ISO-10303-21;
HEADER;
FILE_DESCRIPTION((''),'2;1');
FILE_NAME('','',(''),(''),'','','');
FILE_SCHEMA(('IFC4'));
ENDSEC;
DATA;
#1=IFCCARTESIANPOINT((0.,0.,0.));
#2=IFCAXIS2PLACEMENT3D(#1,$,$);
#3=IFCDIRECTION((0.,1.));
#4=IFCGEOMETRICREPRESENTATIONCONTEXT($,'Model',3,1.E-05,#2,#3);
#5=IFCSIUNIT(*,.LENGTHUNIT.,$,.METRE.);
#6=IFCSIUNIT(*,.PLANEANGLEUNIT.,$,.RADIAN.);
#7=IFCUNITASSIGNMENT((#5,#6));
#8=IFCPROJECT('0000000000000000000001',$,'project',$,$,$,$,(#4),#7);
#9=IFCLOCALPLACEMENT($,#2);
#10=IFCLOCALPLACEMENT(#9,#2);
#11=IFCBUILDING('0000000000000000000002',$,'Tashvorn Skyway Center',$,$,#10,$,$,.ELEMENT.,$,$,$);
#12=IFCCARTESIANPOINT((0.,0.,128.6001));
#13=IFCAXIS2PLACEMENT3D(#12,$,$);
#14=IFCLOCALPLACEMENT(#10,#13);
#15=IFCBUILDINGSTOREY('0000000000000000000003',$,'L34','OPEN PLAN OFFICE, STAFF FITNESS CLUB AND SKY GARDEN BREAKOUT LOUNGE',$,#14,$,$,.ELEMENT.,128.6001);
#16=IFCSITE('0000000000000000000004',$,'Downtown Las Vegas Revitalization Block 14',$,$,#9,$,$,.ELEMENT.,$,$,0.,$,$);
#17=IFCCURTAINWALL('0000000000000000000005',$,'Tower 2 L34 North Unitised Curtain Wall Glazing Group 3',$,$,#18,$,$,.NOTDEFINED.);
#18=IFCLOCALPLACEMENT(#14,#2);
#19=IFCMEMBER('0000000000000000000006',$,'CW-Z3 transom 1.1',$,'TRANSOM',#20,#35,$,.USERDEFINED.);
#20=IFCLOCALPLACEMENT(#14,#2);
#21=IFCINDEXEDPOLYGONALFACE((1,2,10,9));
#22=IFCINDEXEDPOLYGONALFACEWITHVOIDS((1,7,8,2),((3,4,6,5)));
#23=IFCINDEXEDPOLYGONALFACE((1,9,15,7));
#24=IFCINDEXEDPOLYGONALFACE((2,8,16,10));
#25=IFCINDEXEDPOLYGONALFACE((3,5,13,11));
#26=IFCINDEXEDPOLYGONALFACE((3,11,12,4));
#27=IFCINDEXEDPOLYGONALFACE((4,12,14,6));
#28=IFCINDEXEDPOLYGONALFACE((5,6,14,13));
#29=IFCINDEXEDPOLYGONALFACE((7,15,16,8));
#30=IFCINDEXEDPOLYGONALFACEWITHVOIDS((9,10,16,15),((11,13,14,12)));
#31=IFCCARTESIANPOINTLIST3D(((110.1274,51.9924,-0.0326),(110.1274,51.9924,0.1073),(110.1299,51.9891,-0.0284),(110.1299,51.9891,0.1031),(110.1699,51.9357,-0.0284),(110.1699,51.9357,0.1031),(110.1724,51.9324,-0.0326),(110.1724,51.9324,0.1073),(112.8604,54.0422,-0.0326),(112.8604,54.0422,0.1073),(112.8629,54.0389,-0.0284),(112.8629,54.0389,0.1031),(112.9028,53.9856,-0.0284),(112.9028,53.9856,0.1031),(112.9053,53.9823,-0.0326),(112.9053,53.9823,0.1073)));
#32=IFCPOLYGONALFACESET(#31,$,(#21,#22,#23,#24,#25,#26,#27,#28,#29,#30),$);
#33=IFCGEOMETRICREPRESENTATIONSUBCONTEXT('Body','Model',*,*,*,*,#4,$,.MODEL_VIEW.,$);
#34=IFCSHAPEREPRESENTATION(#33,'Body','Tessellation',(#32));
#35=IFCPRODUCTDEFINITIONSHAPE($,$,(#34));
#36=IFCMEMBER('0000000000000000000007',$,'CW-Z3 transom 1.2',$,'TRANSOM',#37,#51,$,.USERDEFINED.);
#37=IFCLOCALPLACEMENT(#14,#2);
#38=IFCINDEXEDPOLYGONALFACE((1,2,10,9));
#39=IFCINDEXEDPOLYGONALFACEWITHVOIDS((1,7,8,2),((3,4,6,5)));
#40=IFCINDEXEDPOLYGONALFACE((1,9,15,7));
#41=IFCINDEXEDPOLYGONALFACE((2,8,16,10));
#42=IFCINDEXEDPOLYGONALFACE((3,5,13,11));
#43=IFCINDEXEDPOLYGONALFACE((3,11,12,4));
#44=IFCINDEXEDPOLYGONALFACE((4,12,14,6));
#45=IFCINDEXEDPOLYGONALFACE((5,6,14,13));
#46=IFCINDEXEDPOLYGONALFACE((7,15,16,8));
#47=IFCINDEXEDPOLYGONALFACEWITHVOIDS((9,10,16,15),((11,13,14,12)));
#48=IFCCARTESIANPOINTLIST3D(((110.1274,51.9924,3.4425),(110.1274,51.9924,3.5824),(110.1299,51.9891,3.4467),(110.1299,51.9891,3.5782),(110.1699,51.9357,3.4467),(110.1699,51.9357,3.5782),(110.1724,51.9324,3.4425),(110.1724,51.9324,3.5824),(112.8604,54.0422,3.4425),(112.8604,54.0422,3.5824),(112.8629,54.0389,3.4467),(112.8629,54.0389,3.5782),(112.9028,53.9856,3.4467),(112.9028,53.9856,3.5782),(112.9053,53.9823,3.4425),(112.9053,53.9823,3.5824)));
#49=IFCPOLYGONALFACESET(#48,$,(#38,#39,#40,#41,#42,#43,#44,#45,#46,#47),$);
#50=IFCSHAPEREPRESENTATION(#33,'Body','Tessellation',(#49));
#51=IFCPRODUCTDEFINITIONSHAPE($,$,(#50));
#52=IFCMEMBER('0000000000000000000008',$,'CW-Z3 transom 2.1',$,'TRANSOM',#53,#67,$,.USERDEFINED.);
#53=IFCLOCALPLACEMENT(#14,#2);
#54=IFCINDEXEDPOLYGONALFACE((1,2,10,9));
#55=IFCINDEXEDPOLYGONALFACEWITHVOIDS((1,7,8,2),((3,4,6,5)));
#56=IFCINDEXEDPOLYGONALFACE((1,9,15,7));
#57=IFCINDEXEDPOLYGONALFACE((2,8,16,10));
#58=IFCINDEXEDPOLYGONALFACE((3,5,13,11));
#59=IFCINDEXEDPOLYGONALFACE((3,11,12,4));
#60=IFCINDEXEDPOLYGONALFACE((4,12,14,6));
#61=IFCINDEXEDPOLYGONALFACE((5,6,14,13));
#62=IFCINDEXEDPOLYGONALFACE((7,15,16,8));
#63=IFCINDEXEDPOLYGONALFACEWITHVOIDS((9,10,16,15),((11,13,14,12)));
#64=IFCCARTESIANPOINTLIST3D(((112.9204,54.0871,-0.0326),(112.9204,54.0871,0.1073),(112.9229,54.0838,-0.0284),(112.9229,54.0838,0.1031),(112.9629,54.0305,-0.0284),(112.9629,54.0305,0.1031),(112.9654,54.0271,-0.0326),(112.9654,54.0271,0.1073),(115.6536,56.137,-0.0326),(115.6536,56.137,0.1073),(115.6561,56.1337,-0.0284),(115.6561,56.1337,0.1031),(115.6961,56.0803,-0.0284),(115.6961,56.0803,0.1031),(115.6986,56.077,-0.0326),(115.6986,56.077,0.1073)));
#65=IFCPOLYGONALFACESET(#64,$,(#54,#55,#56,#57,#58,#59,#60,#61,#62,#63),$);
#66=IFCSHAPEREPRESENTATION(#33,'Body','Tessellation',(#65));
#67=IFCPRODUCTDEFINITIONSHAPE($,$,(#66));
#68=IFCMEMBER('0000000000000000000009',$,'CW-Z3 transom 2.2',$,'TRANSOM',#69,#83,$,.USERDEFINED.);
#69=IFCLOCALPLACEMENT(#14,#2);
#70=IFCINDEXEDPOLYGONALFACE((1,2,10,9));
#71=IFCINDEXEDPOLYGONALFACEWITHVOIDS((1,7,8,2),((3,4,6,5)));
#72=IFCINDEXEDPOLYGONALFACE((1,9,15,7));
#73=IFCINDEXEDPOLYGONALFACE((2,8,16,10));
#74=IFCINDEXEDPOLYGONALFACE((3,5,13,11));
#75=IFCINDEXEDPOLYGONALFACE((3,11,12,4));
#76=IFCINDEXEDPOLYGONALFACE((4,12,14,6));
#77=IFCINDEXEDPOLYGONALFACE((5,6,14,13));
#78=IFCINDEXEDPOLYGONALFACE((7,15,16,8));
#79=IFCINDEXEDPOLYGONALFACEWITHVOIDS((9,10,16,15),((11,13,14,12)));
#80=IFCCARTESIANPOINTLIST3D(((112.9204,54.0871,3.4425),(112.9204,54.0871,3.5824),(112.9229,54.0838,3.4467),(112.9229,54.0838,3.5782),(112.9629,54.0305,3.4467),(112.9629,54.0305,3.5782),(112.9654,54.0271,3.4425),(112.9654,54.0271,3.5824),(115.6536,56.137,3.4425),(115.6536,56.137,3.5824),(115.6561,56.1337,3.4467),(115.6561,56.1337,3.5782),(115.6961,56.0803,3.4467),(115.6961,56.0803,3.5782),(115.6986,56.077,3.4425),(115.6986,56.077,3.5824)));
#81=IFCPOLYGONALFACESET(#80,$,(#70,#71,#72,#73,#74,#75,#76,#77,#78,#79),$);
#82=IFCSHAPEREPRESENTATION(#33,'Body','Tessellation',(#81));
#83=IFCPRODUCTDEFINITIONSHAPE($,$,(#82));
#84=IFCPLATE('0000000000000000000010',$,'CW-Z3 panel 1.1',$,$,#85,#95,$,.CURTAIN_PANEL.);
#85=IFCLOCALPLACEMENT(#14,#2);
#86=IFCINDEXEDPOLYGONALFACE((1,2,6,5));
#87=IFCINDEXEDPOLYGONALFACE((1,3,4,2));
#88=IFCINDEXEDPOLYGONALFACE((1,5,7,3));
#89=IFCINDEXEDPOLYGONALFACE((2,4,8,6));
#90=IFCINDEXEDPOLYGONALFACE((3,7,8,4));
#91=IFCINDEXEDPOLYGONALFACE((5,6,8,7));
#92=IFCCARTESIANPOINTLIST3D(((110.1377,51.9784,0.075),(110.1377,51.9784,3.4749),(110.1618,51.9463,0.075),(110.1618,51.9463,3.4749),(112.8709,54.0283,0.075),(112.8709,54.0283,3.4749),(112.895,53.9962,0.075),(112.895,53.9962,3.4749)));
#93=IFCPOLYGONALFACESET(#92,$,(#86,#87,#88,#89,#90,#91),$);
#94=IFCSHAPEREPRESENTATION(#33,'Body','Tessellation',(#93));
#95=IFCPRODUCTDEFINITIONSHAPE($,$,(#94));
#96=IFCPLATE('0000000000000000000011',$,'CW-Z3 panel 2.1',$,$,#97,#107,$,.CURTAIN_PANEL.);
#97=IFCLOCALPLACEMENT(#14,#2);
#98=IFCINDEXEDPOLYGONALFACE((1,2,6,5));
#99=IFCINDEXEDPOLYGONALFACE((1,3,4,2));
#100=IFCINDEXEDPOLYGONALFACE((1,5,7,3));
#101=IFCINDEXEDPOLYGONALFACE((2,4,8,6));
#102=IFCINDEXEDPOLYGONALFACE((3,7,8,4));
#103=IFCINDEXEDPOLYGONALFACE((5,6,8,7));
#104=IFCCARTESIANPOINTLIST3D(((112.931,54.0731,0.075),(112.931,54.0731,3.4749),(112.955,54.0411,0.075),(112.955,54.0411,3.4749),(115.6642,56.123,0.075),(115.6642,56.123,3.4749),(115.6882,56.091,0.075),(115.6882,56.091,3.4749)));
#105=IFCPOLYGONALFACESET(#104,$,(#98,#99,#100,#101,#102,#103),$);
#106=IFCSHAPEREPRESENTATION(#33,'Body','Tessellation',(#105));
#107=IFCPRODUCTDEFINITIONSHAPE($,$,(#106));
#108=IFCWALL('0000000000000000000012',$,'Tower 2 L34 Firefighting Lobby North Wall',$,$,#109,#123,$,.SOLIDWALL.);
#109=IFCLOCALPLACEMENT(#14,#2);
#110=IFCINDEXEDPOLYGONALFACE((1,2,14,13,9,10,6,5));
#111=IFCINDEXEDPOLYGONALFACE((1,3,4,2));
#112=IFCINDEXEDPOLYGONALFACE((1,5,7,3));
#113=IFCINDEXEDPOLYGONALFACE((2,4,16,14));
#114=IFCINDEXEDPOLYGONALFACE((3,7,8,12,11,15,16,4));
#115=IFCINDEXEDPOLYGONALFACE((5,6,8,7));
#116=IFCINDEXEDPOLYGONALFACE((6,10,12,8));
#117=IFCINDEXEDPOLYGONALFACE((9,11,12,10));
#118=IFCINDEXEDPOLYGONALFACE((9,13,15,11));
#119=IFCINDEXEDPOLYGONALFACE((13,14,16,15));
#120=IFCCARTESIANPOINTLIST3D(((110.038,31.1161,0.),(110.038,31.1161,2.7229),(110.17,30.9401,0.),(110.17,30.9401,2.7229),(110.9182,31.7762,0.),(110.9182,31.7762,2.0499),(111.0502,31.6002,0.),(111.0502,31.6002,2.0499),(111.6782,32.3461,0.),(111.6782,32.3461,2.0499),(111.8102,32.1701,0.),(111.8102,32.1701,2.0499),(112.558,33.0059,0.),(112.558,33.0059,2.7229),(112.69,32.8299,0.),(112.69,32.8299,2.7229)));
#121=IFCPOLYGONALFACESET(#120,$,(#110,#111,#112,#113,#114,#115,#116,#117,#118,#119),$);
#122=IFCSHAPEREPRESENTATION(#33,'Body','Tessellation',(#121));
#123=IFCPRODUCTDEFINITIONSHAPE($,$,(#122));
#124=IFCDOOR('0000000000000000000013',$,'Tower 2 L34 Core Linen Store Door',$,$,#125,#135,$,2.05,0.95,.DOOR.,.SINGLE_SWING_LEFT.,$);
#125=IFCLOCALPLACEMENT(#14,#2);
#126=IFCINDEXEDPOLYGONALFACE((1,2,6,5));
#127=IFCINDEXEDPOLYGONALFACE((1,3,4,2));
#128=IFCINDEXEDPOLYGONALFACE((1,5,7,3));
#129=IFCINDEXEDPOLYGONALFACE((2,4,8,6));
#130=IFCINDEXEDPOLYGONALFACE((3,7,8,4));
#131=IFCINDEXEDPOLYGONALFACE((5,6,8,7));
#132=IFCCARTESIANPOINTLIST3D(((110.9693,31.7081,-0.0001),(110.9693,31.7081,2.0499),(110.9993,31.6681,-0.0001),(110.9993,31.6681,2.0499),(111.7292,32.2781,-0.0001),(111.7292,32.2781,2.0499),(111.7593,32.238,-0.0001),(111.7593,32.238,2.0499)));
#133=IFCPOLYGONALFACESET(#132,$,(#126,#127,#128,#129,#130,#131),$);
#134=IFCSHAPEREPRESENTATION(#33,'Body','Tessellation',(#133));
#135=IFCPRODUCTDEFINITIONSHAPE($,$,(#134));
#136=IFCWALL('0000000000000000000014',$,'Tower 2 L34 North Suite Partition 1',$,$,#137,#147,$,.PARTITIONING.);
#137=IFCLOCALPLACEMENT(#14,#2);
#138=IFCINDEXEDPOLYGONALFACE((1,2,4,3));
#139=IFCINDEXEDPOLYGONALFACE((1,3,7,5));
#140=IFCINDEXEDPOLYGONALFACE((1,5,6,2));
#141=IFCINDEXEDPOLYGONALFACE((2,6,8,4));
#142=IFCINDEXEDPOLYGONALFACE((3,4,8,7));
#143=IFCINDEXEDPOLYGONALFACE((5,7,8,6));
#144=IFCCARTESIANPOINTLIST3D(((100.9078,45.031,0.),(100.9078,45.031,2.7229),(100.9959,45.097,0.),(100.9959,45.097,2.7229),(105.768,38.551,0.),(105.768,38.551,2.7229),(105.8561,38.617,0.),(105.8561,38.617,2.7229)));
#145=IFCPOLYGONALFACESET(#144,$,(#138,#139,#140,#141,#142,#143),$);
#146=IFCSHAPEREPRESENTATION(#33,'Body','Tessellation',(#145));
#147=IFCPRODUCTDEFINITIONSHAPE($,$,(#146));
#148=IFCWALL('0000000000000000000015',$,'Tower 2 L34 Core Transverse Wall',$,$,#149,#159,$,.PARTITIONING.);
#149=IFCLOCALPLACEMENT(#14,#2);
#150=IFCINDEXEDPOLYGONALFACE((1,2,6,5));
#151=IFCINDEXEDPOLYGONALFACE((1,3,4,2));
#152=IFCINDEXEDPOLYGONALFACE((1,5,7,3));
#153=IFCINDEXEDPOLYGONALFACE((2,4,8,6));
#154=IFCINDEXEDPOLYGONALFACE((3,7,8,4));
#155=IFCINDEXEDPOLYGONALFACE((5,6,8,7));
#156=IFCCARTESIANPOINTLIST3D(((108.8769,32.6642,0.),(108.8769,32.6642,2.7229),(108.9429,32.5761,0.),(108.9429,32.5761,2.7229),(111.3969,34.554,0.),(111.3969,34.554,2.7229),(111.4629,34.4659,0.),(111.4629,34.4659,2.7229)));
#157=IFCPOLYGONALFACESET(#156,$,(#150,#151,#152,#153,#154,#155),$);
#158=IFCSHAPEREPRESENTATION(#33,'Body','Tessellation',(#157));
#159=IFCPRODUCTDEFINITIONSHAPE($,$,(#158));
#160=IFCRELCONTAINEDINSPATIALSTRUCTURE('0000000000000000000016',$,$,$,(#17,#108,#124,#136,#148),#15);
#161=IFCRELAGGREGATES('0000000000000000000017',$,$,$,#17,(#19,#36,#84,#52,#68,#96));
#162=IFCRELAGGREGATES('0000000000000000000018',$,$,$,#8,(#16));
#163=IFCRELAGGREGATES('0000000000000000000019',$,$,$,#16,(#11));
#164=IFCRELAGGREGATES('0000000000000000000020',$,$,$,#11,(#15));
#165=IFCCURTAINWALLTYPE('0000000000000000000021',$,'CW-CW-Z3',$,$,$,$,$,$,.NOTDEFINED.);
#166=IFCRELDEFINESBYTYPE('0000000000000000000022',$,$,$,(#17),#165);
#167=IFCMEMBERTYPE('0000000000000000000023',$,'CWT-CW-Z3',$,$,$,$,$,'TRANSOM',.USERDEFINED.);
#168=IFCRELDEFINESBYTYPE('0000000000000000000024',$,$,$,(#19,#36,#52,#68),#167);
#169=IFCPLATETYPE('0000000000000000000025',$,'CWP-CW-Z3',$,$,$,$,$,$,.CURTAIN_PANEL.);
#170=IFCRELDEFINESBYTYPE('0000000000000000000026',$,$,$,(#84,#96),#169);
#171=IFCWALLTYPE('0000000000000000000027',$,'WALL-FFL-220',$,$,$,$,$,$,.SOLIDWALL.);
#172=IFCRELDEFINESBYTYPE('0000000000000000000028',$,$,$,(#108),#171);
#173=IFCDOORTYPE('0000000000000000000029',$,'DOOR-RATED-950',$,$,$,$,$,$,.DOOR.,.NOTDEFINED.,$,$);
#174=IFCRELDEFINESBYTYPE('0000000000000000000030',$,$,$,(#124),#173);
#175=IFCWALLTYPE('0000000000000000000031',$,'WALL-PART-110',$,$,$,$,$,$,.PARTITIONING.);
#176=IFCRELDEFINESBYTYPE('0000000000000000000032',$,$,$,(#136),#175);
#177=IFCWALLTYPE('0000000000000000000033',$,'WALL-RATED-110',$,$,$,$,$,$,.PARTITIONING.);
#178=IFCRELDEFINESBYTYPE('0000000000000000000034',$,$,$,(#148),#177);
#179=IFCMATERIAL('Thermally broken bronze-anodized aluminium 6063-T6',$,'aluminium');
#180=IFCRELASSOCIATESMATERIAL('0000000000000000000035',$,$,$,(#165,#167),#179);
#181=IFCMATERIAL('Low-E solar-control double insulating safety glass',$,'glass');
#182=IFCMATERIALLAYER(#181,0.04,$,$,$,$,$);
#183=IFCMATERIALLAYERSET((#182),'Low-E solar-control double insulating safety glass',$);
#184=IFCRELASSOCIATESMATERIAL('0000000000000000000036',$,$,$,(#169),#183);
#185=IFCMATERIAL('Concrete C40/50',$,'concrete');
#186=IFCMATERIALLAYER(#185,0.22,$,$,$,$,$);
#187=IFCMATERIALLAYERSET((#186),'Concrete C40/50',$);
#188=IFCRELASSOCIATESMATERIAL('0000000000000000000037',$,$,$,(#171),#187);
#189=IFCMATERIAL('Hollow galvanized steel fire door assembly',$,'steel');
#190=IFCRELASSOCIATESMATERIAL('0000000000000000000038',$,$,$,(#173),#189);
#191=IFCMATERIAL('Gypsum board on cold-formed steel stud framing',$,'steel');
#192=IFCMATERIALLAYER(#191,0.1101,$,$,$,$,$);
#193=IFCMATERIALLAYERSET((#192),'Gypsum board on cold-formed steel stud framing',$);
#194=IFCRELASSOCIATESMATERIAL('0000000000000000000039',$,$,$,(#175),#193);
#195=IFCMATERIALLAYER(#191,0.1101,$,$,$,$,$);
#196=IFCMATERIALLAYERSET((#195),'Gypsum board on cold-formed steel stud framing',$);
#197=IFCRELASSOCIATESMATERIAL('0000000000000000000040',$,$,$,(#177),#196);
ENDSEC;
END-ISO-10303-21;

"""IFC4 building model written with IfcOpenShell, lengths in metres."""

from ifc_helpers import new_model, si_unit, direction, frame, frame_2d, origin, origin_2d, place, context, subcontext, project, spatial, rectangle, hollow_rectangle, extrude, material, layer, layer_set, material_profile, profile_set, type_object, element, fill, aggregate, save


model = new_model("IFC4")

# Units and contexts
model_context = context("Model", 3, precision=1e-05, world=origin(), true_north=direction((0.0, 1.0)))
body_context = subcontext(model_context, "Body", "Model", "MODEL_VIEW")
ifc_project = project(units=[si_unit("LENGTHUNIT", "METRE"), si_unit("PLANEANGLEUNIT", "RADIAN")], contexts=[model_context])

# Site, building, storey
site_placement = place(None, origin())
site = spatial("IfcSite", under=ifc_project, at=site_placement, Name="Downtown Las Vegas Revitalization Block 14", CompositionType="ELEMENT", RefElevation=0.0)
building_placement = place(site_placement, origin())
building = spatial("IfcBuilding", under=site, at=building_placement, Name="Tashvorn Skyway Center", CompositionType="ELEMENT")
storey_placement = place(building_placement, frame((0.0, 0.0, 128.6001)))
storey = spatial("IfcBuildingStorey", under=building, at=storey_placement, Name="L34", Description="OPEN PLAN OFFICE, STAFF FITNESS CLUB AND SKY GARDEN BREAKOUT LOUNGE", CompositionType="ELEMENT", Elevation=128.6001)

# Shared definitions
ifc_material_1 = material(Name="Thermally broken bronze-anodized aluminium 6063-T6", Category="aluminium")
curtain_wall_type = type_object("IfcCurtainWallType", Name="CW-CW-Z3", PredefinedType="NOTDEFINED", material=ifc_material_1)

# Curtain wall, members, plates
curtain_wall_1_placement = place(storey_placement, origin())
curtain_wall_1 = element("IfcCurtainWall", 1, at=curtain_wall_1_placement, inside=storey, type_object=curtain_wall_type, Name="Tower 2 L34 North Unitised Curtain Wall Glazing Group 3", PredefinedType="NOTDEFINED")
ifc_material_profile_1 = material_profile(ifc_material_1, hollow_rectangle(XDim=0.075, YDim=0.1399, WallThickness=0.0042, at=origin_2d()), Name="ALU-TRAN-75x140")
ifc_profile_set_1 = profile_set([ifc_material_profile_1], Name="Thermally broken bronze-anodized aluminium 6063-T6")
member_type_1 = type_object("IfcMemberType", Name="CWT-CW-Z3", ElementType="TRANSOM", PredefinedType="USERDEFINED", material=ifc_profile_set_1)
member_1_placement = place(storey_placement, frame((110.1499, 51.9624, 0.0374), z_axis=(0.799983, 0.600023, 0.0), x_axis=(-0.600023, 0.799983, 0.0)))
member_1 = element("IfcMember", 2, at=member_1_placement, type_object=member_type_1, Name="CW-Z3 transom 1.1", ObjectType="TRANSOM", PredefinedType="USERDEFINED", context=body_context, shape_type="SweptSolid", body=[
    extrude(hollow_rectangle(XDim=0.075, YDim=0.1399, WallThickness=0.0042, at=origin_2d()), origin(), (0.0, 0.0, 1.0), 3.4163),
])
member_2_placement = place(storey_placement, frame((110.1499, 51.9624, 3.5125), z_axis=(0.799983, 0.600023, 0.0), x_axis=(-0.600023, 0.799983, 0.0)))
member_2 = element("IfcMember", 3, at=member_2_placement, type_object=member_type_1, Name="CW-Z3 transom 1.2", ObjectType="TRANSOM", PredefinedType="USERDEFINED", context=body_context, shape_type="SweptSolid", body=[
    extrude(hollow_rectangle(XDim=0.075, YDim=0.1399, WallThickness=0.0042, at=origin_2d()), origin(), (0.0, 0.0, 1.0), 3.4163),
])
member_3_placement = place(storey_placement, frame((112.9429, 54.0571, 0.0374), z_axis=(0.800009, 0.599989, 0.0), x_axis=(-0.599989, 0.800009, 0.0)))
member_3 = element("IfcMember", 4, at=member_3_placement, type_object=member_type_1, Name="CW-Z3 transom 2.1", ObjectType="TRANSOM", PredefinedType="USERDEFINED", context=body_context, shape_type="SweptSolid", body=[
    extrude(hollow_rectangle(XDim=0.075, YDim=0.1399, WallThickness=0.0042, at=origin_2d()), origin(), (0.0, 0.0, 1.0), 3.4165),
])
member_4_placement = place(storey_placement, frame((112.9429, 54.0571, 3.5125), z_axis=(0.800009, 0.599989, 0.0), x_axis=(-0.599989, 0.800009, 0.0)))
member_4 = element("IfcMember", 5, at=member_4_placement, type_object=member_type_1, Name="CW-Z3 transom 2.2", ObjectType="TRANSOM", PredefinedType="USERDEFINED", context=body_context, shape_type="SweptSolid", body=[
    extrude(hollow_rectangle(XDim=0.075, YDim=0.1399, WallThickness=0.0042, at=origin_2d()), origin(), (0.0, 0.0, 1.0), 3.4165),
])
ifc_material_2 = material(Name="Low-E solar-control double insulating safety glass", Category="glass")
ifc_layer_1 = layer(ifc_material_2, 0.04)
ifc_layer_set_1 = layer_set([ifc_layer_1], Name="Low-E solar-control double insulating safety glass")
plate_type = type_object("IfcPlateType", Name="CWP-CW-Z3", PredefinedType="CURTAIN_PANEL", material=ifc_layer_set_1)
plate_1_placement = place(storey_placement, frame((111.5164, 52.9873, 0.075), z_axis=(0.0, 0.0, 1.0), x_axis=(0.799997, 0.600005, 0.0)))
plate_1 = element("IfcPlate", 6, at=plate_1_placement, type_object=plate_type, Name="CW-Z3 panel 1.1", PredefinedType="CURTAIN_PANEL", context=body_context, shape_type="SweptSolid", body=[
    extrude(rectangle(XDim=3.4165, YDim=0.04, at=origin_2d()), origin(), (0.0, 0.0, 1.0), 3.3999),
])
plate_2_placement = place(storey_placement, frame((114.3096, 55.082, 0.075), z_axis=(0.0, 0.0, 1.0), x_axis=(0.799997, 0.600005, 0.0)))
plate_2 = element("IfcPlate", 7, at=plate_2_placement, type_object=plate_type, Name="CW-Z3 panel 2.1", PredefinedType="CURTAIN_PANEL", context=body_context, shape_type="SweptSolid", body=[
    extrude(rectangle(XDim=3.4165, YDim=0.04, at=origin_2d()), origin(), (0.0, 0.0, 1.0), 3.3999),
])
aggregate(curtain_wall_1, [member_1, member_2, plate_1, member_3, member_4, plate_2])

# Wall, opening, door
ifc_material_3 = material(Name="Concrete C40/50", Category="concrete")
ifc_layer_2 = layer(ifc_material_3, 0.22)
ifc_layer_set_2 = layer_set([ifc_layer_2], Name="Concrete C40/50")
wall_type_1 = type_object("IfcWallType", Name="WALL-FFL-220", PredefinedType="SOLIDWALL", material=ifc_layer_set_2)
wall_1_placement = place(storey_placement, frame((110.104, 31.0281, 0.0), z_axis=(0.0, 0.0, 1.0), x_axis=(0.800019, 0.599975, 0.0)))
wall_1 = element("IfcWall", 8, at=wall_1_placement, inside=storey, type_object=wall_type_1, Name="Tower 2 L34 Firefighting Lobby North Wall", PredefinedType="SOLIDWALL", context=body_context, shape_type="SweptSolid", body=[
    extrude(rectangle(XDim=3.1499, YDim=0.22, at=frame_2d((1.575, 0.0))), origin(), (0.0, 0.0, 1.0), 2.7229),
])
opening_1_placement = place(wall_1_placement, frame((1.1001, 0.0, 0.0)))
opening_1 = element("IfcOpeningElement", 9, at=opening_1_placement, cuts=wall_1, PredefinedType="OPENING", context=body_context, shape_type="SweptSolid", body=[
    extrude(rectangle(XDim=0.95, YDim=2.05, at=frame_2d((0.4751, 1.0249))), frame((0.0, 0.1199, 0.0), z_axis=(0.0, -1.0, 0.0), x_axis=(1.0, 0.0, 0.0)), (0.0, 0.0, 1.0), 0.24),
])
ifc_material_4 = material(Name="Hollow galvanized steel fire door assembly", Category="steel")
door_type_1 = type_object("IfcDoorType", Name="DOOR-RATED-950", OperationType="NOTDEFINED", PredefinedType="DOOR", material=ifc_material_4)
door_1_placement = place(opening_1_placement, origin())
door_1 = element("IfcDoor", 10, at=door_1_placement, inside=storey, type_object=door_type_1, Name="Tower 2 L34 Core Linen Store Door", OperationType="SINGLE_SWING_LEFT", OverallHeight=2.05, OverallWidth=0.95, PredefinedType="DOOR", context=body_context, shape_type="SweptSolid", body=[
    extrude(rectangle(XDim=0.95, YDim=2.05, at=frame_2d((0.4751, 1.0249))), frame((0.0, 0.0249, 0.0), z_axis=(0.0, -1.0, 0.0), x_axis=(1.0, 0.0, 0.0)), (0.0, 0.0, 1.0), 0.05),
])
fill(opening_1, door_1)

# Walls
ifc_material_5 = material(Name="Gypsum board on cold-formed steel stud framing", Category="steel")
ifc_layer_3 = layer(ifc_material_5, 0.1101)
ifc_layer_set_3 = layer_set([ifc_layer_3], Name="Gypsum board on cold-formed steel stud framing")
wall_type_2 = type_object("IfcWallType", Name="WALL-PART-110", PredefinedType="PARTITIONING", material=ifc_layer_set_3)
wall_2_placement = place(storey_placement, frame((105.812, 38.584, 0.0), z_axis=(0.0, 0.0, 1.0), x_axis=(-0.60001, 0.799993, 0.0)))
element("IfcWall", 11, at=wall_2_placement, inside=storey, type_object=wall_type_2, Name="Tower 2 L34 North Suite Partition 1", PredefinedType="PARTITIONING", context=body_context, shape_type="SweptSolid", body=[
    extrude(rectangle(XDim=8.1001, YDim=0.1101, at=frame_2d((4.05, 0.0))), origin(), (0.0, 0.0, 1.0), 2.7229),
])
ifc_layer_4 = layer(ifc_material_5, 0.1101)
ifc_layer_set_4 = layer_set([ifc_layer_4], Name="Gypsum board on cold-formed steel stud framing")
wall_type_3 = type_object("IfcWallType", Name="WALL-RATED-110", PredefinedType="PARTITIONING", material=ifc_layer_set_4)
wall_3_placement = place(storey_placement, frame((108.9099, 32.6201, 0.0), z_axis=(0.0, 0.0, 1.0), x_axis=(0.800019, 0.599975, 0.0)))
element("IfcWall", 12, at=wall_3_placement, inside=storey, type_object=wall_type_3, Name="Tower 2 L34 Core Transverse Wall", PredefinedType="PARTITIONING", context=body_context, shape_type="SweptSolid", body=[
    extrude(rectangle(XDim=3.1499, YDim=0.1101, at=frame_2d((1.575, 0.0))), origin(), (0.0, 0.0, 1.0), 2.7229),
])

save(model, "model.ifc")
